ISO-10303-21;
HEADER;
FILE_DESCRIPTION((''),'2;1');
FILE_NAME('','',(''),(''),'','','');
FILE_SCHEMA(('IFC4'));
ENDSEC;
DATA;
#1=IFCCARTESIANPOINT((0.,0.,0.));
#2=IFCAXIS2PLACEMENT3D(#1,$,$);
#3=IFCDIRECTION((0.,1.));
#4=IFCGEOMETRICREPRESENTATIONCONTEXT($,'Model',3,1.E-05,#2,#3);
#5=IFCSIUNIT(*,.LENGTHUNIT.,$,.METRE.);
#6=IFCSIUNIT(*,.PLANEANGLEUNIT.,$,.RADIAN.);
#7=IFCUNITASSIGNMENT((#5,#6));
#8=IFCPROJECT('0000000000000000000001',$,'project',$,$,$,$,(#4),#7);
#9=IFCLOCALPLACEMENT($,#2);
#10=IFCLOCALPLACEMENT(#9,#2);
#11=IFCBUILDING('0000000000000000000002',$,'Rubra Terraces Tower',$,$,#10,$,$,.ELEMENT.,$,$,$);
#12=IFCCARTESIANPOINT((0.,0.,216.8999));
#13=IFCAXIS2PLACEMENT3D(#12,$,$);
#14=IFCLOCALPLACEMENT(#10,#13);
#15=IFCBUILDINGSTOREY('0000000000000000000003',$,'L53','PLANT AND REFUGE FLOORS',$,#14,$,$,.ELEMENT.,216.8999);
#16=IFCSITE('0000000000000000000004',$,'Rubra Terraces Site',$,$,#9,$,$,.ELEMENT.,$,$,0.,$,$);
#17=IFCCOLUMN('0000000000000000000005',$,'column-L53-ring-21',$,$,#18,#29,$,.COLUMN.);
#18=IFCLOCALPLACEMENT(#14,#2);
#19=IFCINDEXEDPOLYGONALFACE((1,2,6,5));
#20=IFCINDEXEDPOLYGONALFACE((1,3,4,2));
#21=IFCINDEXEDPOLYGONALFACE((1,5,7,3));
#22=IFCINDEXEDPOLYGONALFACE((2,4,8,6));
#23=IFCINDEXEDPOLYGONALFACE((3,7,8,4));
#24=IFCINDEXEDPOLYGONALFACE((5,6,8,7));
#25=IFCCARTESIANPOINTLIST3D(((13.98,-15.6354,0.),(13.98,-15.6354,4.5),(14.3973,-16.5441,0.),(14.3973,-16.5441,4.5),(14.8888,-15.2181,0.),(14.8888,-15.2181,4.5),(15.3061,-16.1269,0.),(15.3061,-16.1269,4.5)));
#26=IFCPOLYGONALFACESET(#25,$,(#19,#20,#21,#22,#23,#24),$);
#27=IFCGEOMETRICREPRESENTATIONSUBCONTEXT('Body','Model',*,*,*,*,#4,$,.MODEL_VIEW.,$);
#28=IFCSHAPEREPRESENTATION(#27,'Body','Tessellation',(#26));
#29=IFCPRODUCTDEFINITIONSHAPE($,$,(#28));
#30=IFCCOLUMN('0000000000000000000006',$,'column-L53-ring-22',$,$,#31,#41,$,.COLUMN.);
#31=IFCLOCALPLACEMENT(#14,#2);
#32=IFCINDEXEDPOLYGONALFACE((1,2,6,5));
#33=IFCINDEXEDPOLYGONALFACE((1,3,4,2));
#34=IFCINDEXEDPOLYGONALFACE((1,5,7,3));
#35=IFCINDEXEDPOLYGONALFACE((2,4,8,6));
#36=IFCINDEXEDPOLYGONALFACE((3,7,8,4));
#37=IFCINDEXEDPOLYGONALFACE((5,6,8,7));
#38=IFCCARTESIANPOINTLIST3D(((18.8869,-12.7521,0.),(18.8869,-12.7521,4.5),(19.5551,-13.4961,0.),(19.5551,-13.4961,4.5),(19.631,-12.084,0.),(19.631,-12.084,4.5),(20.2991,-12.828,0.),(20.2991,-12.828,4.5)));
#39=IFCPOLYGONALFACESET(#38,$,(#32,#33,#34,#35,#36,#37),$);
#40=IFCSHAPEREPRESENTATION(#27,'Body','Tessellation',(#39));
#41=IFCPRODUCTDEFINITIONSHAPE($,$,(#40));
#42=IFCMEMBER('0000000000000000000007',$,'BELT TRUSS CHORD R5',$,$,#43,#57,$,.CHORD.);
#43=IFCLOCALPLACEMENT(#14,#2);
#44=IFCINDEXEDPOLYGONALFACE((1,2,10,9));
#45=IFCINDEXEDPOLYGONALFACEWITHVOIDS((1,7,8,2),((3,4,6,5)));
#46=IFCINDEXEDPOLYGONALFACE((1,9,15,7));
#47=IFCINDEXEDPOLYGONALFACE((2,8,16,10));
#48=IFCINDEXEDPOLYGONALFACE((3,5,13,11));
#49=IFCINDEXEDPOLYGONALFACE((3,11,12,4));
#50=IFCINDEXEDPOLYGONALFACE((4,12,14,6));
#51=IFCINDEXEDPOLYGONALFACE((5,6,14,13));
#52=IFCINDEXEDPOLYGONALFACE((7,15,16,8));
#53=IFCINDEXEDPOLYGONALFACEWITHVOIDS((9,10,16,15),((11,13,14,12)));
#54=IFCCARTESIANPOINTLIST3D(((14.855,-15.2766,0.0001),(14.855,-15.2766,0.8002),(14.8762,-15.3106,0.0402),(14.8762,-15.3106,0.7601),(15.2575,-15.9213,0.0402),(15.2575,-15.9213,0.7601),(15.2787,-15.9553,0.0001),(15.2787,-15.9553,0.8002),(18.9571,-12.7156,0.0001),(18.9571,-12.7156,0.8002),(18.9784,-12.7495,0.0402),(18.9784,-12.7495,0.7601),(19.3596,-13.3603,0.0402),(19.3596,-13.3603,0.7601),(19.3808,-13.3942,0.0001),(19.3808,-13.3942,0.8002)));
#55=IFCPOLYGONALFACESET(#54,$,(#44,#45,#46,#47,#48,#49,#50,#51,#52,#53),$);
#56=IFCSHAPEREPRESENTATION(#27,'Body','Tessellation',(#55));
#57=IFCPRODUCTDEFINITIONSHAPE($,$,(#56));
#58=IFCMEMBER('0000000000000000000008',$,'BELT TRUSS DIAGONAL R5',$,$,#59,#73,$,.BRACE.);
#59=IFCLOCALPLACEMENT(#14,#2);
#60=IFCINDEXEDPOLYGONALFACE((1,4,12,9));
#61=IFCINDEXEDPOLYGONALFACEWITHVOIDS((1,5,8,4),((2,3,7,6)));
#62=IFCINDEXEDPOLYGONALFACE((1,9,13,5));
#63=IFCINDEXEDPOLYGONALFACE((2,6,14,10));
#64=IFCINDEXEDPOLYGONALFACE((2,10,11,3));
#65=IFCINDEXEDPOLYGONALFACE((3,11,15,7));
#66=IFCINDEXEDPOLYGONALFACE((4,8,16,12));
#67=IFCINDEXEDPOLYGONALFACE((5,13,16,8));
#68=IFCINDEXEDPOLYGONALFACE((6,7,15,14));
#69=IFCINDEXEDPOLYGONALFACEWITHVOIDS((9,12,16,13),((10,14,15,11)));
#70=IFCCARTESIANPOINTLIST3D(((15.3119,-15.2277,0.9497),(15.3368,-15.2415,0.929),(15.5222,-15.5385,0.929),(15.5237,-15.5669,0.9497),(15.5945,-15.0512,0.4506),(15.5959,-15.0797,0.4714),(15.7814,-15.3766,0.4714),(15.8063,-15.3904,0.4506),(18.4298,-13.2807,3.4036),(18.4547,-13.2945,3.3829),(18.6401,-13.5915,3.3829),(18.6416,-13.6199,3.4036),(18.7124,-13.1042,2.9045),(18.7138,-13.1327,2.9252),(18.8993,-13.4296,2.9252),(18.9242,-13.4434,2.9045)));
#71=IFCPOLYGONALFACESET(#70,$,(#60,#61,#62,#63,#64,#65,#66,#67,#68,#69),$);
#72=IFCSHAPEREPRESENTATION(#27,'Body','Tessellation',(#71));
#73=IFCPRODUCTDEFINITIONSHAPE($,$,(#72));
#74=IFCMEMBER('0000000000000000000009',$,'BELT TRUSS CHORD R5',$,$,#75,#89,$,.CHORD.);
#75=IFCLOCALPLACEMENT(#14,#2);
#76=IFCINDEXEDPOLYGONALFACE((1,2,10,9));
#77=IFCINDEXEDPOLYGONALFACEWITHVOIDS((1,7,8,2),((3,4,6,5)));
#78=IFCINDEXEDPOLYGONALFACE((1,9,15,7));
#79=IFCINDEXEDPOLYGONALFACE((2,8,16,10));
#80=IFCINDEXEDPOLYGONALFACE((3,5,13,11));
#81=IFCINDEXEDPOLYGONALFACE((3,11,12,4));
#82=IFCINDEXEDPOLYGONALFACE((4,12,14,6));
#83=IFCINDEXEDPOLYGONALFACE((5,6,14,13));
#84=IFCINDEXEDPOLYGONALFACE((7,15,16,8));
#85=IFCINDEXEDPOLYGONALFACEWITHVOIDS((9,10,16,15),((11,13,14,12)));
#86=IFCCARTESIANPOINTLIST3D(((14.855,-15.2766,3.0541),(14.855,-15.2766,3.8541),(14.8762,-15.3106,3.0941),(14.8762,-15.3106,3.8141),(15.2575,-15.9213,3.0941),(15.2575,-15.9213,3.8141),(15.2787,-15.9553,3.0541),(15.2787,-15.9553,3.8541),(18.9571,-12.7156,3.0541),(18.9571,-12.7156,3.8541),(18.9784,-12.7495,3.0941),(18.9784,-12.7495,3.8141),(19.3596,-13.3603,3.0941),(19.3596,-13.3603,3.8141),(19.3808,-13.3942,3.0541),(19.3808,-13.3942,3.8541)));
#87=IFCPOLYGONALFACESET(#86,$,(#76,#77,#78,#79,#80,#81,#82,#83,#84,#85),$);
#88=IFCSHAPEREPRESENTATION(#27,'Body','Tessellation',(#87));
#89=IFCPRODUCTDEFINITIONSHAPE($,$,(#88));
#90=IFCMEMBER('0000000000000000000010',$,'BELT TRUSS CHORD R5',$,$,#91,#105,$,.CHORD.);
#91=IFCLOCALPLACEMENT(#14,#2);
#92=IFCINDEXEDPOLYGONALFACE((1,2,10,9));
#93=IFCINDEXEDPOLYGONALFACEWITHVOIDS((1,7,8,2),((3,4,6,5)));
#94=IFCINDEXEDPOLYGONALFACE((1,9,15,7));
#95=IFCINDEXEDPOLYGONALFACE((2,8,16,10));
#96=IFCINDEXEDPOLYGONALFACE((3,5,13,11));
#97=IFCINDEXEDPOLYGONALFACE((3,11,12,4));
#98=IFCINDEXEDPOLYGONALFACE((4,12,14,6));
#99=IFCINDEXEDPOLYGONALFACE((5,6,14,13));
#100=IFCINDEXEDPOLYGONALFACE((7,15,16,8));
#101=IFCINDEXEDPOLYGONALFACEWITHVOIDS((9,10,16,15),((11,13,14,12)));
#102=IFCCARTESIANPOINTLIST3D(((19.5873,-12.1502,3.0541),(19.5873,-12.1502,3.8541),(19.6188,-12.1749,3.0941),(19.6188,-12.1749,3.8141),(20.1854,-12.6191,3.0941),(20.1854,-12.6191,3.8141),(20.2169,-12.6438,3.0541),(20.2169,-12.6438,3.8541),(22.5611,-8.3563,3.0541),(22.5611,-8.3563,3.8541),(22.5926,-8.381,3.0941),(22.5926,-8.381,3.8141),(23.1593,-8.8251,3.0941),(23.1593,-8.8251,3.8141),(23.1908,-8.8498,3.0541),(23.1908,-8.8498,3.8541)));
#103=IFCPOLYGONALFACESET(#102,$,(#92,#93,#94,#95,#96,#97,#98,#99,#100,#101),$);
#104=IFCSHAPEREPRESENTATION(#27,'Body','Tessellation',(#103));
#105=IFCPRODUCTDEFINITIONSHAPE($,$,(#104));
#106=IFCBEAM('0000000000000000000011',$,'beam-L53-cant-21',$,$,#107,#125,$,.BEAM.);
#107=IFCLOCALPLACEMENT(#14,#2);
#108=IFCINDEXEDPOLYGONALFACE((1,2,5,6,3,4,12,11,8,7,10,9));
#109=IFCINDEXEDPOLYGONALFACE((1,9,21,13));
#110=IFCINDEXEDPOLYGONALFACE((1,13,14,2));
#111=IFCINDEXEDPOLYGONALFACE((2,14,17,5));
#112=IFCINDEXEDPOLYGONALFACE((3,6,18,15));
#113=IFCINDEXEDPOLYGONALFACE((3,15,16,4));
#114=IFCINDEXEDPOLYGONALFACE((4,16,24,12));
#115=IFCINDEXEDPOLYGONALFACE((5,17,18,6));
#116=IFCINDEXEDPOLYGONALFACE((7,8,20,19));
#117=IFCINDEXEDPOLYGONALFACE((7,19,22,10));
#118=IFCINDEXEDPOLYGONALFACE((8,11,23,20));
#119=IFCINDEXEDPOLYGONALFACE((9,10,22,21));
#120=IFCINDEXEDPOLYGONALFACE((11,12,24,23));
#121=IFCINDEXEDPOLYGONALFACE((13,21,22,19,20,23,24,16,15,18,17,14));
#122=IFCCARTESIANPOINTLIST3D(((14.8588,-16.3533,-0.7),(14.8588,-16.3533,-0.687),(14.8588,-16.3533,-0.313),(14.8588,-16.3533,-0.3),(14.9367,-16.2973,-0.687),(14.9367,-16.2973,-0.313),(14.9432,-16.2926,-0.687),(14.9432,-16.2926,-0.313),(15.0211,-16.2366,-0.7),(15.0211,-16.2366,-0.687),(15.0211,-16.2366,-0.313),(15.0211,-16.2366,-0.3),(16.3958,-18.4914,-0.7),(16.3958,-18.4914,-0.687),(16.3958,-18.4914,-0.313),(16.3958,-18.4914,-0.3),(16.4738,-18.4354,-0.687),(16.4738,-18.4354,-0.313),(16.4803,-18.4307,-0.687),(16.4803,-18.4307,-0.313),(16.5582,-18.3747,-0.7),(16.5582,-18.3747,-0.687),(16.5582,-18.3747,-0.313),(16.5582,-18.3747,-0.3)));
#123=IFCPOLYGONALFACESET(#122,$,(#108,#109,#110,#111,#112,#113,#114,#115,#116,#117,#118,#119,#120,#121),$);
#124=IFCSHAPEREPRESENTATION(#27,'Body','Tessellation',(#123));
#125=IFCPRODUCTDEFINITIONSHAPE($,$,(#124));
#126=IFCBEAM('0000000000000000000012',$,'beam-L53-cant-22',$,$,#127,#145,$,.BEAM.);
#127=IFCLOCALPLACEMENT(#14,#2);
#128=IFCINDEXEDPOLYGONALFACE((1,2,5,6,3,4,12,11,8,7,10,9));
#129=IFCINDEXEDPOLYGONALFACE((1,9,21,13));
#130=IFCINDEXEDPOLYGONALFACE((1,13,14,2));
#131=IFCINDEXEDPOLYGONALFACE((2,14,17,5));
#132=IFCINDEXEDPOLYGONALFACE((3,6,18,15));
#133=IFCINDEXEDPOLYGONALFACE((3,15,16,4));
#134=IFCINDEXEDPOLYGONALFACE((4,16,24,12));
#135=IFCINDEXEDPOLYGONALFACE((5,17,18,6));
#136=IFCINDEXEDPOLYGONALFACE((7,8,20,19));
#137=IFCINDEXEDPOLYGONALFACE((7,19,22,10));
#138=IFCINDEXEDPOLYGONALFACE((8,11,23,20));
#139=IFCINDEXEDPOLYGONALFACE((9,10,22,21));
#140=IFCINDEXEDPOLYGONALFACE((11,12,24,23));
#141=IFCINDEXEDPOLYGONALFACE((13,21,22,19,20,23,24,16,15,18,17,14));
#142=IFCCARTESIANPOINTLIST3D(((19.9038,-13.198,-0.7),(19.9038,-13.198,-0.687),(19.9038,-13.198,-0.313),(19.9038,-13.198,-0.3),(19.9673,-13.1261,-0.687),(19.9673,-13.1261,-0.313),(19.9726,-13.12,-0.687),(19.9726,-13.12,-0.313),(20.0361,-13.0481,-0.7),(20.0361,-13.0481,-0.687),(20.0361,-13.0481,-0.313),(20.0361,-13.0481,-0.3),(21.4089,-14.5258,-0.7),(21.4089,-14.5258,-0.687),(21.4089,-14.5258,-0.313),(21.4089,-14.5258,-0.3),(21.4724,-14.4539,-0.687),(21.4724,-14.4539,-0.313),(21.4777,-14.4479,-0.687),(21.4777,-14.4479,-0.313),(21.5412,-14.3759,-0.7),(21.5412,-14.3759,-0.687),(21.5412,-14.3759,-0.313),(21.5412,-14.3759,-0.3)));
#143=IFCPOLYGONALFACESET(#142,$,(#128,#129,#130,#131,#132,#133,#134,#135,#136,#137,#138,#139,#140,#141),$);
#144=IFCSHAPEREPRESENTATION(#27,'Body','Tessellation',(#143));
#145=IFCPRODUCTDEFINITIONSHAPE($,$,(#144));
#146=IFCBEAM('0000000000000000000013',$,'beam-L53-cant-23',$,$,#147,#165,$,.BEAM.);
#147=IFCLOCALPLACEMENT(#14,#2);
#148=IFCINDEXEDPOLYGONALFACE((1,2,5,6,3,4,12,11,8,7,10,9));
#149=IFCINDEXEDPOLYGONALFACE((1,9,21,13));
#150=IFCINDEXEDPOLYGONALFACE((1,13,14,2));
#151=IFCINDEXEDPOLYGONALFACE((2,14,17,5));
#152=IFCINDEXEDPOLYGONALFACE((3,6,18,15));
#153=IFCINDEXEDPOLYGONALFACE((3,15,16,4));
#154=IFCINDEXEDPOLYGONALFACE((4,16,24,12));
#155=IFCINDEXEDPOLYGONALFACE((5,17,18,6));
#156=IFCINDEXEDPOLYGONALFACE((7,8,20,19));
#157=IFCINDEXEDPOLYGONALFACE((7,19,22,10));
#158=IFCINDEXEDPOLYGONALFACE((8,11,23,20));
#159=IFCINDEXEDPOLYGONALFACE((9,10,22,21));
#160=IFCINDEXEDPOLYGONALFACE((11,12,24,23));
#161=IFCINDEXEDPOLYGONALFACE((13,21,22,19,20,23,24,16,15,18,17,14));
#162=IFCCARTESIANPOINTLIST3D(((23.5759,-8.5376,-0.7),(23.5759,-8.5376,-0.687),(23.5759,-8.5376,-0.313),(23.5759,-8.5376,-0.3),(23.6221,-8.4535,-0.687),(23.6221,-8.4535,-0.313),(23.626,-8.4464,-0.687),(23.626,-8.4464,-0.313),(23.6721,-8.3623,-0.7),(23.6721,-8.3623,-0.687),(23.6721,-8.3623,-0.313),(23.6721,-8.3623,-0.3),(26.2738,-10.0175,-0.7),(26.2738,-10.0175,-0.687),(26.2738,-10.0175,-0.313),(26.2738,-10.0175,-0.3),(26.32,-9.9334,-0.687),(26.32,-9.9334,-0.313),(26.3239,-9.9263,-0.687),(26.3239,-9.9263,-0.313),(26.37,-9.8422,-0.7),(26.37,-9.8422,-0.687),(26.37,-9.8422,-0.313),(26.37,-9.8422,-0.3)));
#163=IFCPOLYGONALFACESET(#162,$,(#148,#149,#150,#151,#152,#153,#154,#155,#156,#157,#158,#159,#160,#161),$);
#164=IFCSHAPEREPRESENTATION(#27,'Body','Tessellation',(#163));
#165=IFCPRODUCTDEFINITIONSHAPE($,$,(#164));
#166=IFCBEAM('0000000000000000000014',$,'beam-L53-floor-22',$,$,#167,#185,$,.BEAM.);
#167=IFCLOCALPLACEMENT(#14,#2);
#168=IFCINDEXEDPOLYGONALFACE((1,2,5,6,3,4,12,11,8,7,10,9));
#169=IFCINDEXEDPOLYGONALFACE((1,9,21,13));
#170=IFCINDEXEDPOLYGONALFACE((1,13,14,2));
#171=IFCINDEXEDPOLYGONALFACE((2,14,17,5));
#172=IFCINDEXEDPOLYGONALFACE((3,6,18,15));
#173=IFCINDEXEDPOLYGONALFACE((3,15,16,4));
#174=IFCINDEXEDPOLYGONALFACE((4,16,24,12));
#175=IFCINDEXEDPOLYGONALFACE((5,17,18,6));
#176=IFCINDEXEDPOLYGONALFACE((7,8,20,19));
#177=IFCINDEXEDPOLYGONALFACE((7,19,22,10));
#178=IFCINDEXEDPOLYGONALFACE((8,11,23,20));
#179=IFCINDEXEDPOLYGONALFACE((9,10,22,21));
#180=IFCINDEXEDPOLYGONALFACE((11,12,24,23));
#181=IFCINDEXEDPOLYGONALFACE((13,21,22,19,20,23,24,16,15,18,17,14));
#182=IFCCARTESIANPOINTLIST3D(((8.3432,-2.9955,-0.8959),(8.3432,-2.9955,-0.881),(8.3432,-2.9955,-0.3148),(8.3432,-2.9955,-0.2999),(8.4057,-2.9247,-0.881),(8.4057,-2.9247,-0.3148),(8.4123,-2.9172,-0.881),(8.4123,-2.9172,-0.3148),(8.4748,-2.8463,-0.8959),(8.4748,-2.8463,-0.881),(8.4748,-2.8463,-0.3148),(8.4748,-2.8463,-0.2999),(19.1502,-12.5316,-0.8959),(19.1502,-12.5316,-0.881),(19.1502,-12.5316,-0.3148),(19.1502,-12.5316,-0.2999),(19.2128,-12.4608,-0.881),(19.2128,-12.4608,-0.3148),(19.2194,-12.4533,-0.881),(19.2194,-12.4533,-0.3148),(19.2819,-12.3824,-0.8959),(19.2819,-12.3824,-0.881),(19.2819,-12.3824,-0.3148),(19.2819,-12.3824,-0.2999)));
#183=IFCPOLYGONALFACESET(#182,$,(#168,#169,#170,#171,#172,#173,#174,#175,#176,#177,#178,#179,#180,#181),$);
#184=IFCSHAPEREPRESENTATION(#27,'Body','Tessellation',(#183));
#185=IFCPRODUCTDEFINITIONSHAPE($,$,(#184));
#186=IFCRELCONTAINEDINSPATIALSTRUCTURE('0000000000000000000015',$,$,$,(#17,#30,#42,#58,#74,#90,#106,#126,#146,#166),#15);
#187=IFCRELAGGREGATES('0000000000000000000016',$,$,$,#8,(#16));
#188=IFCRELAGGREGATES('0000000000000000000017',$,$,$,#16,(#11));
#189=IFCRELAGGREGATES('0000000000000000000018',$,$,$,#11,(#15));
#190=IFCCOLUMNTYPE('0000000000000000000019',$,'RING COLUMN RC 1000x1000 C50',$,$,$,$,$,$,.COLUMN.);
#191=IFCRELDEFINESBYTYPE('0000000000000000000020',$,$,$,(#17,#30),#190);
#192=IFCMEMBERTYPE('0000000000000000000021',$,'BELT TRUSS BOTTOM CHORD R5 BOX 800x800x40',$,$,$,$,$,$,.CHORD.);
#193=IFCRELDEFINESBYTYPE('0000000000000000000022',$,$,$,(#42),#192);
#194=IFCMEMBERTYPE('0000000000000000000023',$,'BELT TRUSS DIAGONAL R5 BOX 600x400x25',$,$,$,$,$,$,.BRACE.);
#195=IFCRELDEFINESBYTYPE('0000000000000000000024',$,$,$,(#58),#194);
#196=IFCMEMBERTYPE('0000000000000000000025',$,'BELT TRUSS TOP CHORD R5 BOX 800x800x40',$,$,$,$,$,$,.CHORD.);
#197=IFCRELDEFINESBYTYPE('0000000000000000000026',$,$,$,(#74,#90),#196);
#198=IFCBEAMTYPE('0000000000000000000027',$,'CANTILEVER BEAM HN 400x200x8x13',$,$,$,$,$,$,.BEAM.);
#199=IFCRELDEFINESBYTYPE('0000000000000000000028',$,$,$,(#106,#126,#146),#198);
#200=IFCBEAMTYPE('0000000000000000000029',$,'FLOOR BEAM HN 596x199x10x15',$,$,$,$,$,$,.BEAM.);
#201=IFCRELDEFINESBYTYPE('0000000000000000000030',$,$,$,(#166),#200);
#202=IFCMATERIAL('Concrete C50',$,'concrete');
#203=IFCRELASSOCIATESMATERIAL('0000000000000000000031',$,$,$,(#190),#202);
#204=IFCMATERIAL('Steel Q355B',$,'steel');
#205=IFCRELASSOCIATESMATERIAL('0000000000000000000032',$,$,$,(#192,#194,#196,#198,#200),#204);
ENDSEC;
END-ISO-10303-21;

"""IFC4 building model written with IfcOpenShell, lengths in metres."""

from ifc_helpers import new_model, si_unit, direction, frame, origin, origin_2d, place, context, subcontext, project, spatial, rectangle, hollow_rectangle, i_section, extrude, material, material_profile, profile_set, type_object, element, save


model = new_model("IFC4")

# Units and contexts
model_context = context("Model", 3, precision=1e-05, world=origin(), true_north=direction((0.0, 1.0)))
body_context = subcontext(model_context, "Body", "Model", "MODEL_VIEW")
ifc_project = project(units=[si_unit("LENGTHUNIT", "METRE"), si_unit("PLANEANGLEUNIT", "RADIAN")], contexts=[model_context])

# Site, building, storey
site_placement = place(None, origin())
site = spatial("IfcSite", under=ifc_project, at=site_placement, Name="Rubra Terraces Site", CompositionType="ELEMENT", RefElevation=0.0)
building_placement = place(site_placement, origin())
building = spatial("IfcBuilding", under=site, at=building_placement, Name="Rubra Terraces Tower", CompositionType="ELEMENT")
storey_placement = place(building_placement, frame((0.0, 0.0, 216.8999)))
storey = spatial("IfcBuildingStorey", under=building, at=storey_placement, Name="L53", Description="PLANT AND REFUGE FLOORS", CompositionType="ELEMENT", Elevation=216.8999)

# Columns
ifc_material_1 = material(Name="Concrete C50", Category="concrete")
ifc_material_profile_1 = material_profile(ifc_material_1, rectangle(XDim=1.0, YDim=1.0, at=origin_2d()), Name="RC 1000x1000")
ifc_profile_set_1 = profile_set([ifc_material_profile_1], Name="Concrete C50")
column_type = type_object("IfcColumnType", Name="RING COLUMN RC 1000x1000 C50", PredefinedType="COLUMN", material=ifc_profile_set_1)
for number, where, z_axis, x_axis, name in (
    (1, (14.6431, -15.8811, 0.0), (0.0, 0.0, 1.0), (0.908779, 0.417279, 0.0), "column-L53-ring-21"),
    (2, (19.593, -12.79, 0.0), (0.0, 0.0, 1.0), (0.744021, 0.668156, 0.0), "column-L53-ring-22"),
):
    element("IfcColumn", number, at=place(storey_placement, frame(where, z_axis=z_axis, x_axis=x_axis)), inside=storey, type_object=column_type, Name=name, PredefinedType="COLUMN", context=body_context, shape_type="SweptSolid", body=[
        extrude(rectangle(XDim=1.0, YDim=1.0, at=origin_2d()), origin(), (0.0, 0.0, 1.0), 4.5),
    ])

# Members
ifc_material_2 = material(Name="Steel Q355B", Category="steel")
ifc_material_profile_2 = material_profile(ifc_material_2, hollow_rectangle(XDim=0.8, YDim=0.8, WallThickness=0.04, at=origin_2d()), Name="BOX 800x800x40")
ifc_profile_set_2 = profile_set([ifc_material_profile_2], Name="Steel Q355B")
member_type_1 = type_object("IfcMemberType", Name="BELT TRUSS BOTTOM CHORD R5 BOX 800x800x40", PredefinedType="CHORD", material=ifc_profile_set_2)
member_1_placement = place(storey_placement, frame((15.0669, -15.616, 0.4001), z_axis=(0.848253, 0.52959, 0.0), x_axis=(-0.52959, 0.848253, 0.0)))
element("IfcMember", 3, at=member_1_placement, inside=storey, type_object=member_type_1, Name="BELT TRUSS CHORD R5", PredefinedType="CHORD", context=body_context, shape_type="SweptSolid", body=[
    extrude(hollow_rectangle(XDim=0.8, YDim=0.8, WallThickness=0.04, at=origin_2d()), origin(), (0.0, 0.0, 1.0), 4.8359),
])
ifc_material_profile_3 = material_profile(ifc_material_2, hollow_rectangle(XDim=0.3999, YDim=0.6001, WallThickness=0.0249, at=origin_2d()), Name="BOX 600x400x25")
ifc_profile_set_3 = profile_set([ifc_material_profile_3], Name="Steel Q355B")
member_type_2 = type_object("IfcMemberType", Name="BELT TRUSS DIAGONAL R5 BOX 600x400x25", PredefinedType="BRACE", material=ifc_profile_set_3)
member_2_placement = place(storey_placement, frame((15.5591, -15.3091, 0.7002), z_axis=(0.70546, 0.440533, 0.555209), x_axis=(-0.529671, 0.848203, 0.0)))
element("IfcMember", 4, at=member_2_placement, inside=storey, type_object=member_type_2, Name="BELT TRUSS DIAGONAL R5", PredefinedType="BRACE", context=body_context, shape_type="SweptSolid", body=[
    extrude(hollow_rectangle(XDim=0.3999, YDim=0.6001, WallThickness=0.0249, at=origin_2d()), origin(), (0.0, 0.0, 1.0), 4.4197),
])
ifc_material_profile_4 = material_profile(ifc_material_2, hollow_rectangle(XDim=0.8, YDim=0.8, WallThickness=0.04, at=origin_2d()), Name="BOX 800x800x40")
ifc_profile_set_4 = profile_set([ifc_material_profile_4], Name="Steel Q355B")
member_type_3 = type_object("IfcMemberType", Name="BELT TRUSS TOP CHORD R5 BOX 800x800x40", PredefinedType="CHORD", material=ifc_profile_set_4)
member_3_placement = place(storey_placement, frame((15.0669, -15.616, 3.4541), z_axis=(0.848253, 0.52959, 0.0), x_axis=(-0.52959, 0.848253, 0.0)))
element("IfcMember", 5, at=member_3_placement, inside=storey, type_object=member_type_3, Name="BELT TRUSS CHORD R5", PredefinedType="CHORD", context=body_context, shape_type="SweptSolid", body=[
    extrude(hollow_rectangle(XDim=0.8, YDim=0.8, WallThickness=0.04, at=origin_2d()), origin(), (0.0, 0.0, 1.0), 4.8359),
])
member_4_placement = place(storey_placement, frame((19.9021, -12.397, 3.4541), z_axis=(0.616913, 0.787031, 0.0), x_axis=(-0.787031, 0.616913, 0.0)))
element("IfcMember", 6, at=member_4_placement, inside=storey, type_object=member_type_3, Name="BELT TRUSS CHORD R5", PredefinedType="CHORD", context=body_context, shape_type="SweptSolid", body=[
    extrude(hollow_rectangle(XDim=0.8, YDim=0.8, WallThickness=0.04, at=origin_2d()), origin(), (0.0, 0.0, 1.0), 4.8206),
])

# Beams
ifc_material_profile_5 = material_profile(ifc_material_2, i_section(OverallWidth=0.2, OverallDepth=0.3999, WebThickness=0.0081, FlangeThickness=0.0129, at=origin_2d()), Name="HN 400x200x8x13")
ifc_profile_set_5 = profile_set([ifc_material_profile_5], Name="Steel Q355B")
beam_type_1 = type_object("IfcBeamType", Name="CANTILEVER BEAM HN 400x200x8x13", PredefinedType="BEAM", material=ifc_profile_set_5)
beam_1_placement = place(storey_placement, frame((14.9399, -16.2949, -0.5), z_axis=(0.583709, -0.811963, 0.0), x_axis=(0.811963, 0.583709, 0.0)))
element("IfcBeam", 7, at=beam_1_placement, inside=storey, type_object=beam_type_1, Name="beam-L53-cant-21", PredefinedType="BEAM", context=body_context, shape_type="SweptSolid", body=[
    extrude(i_section(OverallWidth=0.2, OverallDepth=0.3999, WebThickness=0.0081, FlangeThickness=0.0129, at=origin_2d()), origin(), (0.0, 0.0, 1.0), 2.6333),
])
beam_2_placement = place(storey_placement, frame((19.97, -13.123, -0.5), z_axis=(0.74988, -0.661573, 0.0), x_axis=(0.661573, 0.74988, 0.0)))
element("IfcBeam", 8, at=beam_2_placement, inside=storey, type_object=beam_type_1, Name="beam-L53-cant-22", PredefinedType="BEAM", context=body_context, shape_type="SweptSolid", body=[
    extrude(i_section(OverallWidth=0.2, OverallDepth=0.3999, WebThickness=0.0081, FlangeThickness=0.0129, at=origin_2d()), origin(), (0.0, 0.0, 1.0), 2.0071),
])
beam_3_placement = place(storey_placement, frame((23.624, -8.45, -0.5), z_axis=(0.876753, -0.480941, 0.0), x_axis=(0.480941, 0.876753, 0.0)))
element("IfcBeam", 9, at=beam_3_placement, inside=storey, type_object=beam_type_1, Name="beam-L53-cant-23", PredefinedType="BEAM", context=body_context, shape_type="SweptSolid", body=[
    extrude(i_section(OverallWidth=0.2, OverallDepth=0.3999, WebThickness=0.0081, FlangeThickness=0.0129, at=origin_2d()), origin(), (0.0, 0.0, 1.0), 3.0771),
])
ifc_material_profile_6 = material_profile(ifc_material_2, i_section(OverallWidth=0.199, OverallDepth=0.5959, WebThickness=0.01, FlangeThickness=0.0149, at=origin_2d()), Name="HN 596x199x10x15")
ifc_profile_set_6 = profile_set([ifc_material_profile_6], Name="Steel Q355B")
beam_type_2 = type_object("IfcBeamType", Name="FLOOR BEAM HN 596x199x10x15", PredefinedType="BEAM", material=ifc_profile_set_6)
beam_4_placement = place(storey_placement, frame((19.2161, -12.457, -0.5979), z_axis=(-0.749823, 0.661638, 0.0), x_axis=(-0.661638, -0.749823, 0.0)))
element("IfcBeam", 10, at=beam_4_placement, inside=storey, type_object=beam_type_2, Name="beam-L53-floor-22", PredefinedType="BEAM", context=body_context, shape_type="SweptSolid", body=[
    extrude(i_section(OverallWidth=0.199, OverallDepth=0.5959, WebThickness=0.01, FlangeThickness=0.0149, at=origin_2d()), origin(), (0.0, 0.0, 1.0), 14.4128),
])

save(model, "model.ifc")
